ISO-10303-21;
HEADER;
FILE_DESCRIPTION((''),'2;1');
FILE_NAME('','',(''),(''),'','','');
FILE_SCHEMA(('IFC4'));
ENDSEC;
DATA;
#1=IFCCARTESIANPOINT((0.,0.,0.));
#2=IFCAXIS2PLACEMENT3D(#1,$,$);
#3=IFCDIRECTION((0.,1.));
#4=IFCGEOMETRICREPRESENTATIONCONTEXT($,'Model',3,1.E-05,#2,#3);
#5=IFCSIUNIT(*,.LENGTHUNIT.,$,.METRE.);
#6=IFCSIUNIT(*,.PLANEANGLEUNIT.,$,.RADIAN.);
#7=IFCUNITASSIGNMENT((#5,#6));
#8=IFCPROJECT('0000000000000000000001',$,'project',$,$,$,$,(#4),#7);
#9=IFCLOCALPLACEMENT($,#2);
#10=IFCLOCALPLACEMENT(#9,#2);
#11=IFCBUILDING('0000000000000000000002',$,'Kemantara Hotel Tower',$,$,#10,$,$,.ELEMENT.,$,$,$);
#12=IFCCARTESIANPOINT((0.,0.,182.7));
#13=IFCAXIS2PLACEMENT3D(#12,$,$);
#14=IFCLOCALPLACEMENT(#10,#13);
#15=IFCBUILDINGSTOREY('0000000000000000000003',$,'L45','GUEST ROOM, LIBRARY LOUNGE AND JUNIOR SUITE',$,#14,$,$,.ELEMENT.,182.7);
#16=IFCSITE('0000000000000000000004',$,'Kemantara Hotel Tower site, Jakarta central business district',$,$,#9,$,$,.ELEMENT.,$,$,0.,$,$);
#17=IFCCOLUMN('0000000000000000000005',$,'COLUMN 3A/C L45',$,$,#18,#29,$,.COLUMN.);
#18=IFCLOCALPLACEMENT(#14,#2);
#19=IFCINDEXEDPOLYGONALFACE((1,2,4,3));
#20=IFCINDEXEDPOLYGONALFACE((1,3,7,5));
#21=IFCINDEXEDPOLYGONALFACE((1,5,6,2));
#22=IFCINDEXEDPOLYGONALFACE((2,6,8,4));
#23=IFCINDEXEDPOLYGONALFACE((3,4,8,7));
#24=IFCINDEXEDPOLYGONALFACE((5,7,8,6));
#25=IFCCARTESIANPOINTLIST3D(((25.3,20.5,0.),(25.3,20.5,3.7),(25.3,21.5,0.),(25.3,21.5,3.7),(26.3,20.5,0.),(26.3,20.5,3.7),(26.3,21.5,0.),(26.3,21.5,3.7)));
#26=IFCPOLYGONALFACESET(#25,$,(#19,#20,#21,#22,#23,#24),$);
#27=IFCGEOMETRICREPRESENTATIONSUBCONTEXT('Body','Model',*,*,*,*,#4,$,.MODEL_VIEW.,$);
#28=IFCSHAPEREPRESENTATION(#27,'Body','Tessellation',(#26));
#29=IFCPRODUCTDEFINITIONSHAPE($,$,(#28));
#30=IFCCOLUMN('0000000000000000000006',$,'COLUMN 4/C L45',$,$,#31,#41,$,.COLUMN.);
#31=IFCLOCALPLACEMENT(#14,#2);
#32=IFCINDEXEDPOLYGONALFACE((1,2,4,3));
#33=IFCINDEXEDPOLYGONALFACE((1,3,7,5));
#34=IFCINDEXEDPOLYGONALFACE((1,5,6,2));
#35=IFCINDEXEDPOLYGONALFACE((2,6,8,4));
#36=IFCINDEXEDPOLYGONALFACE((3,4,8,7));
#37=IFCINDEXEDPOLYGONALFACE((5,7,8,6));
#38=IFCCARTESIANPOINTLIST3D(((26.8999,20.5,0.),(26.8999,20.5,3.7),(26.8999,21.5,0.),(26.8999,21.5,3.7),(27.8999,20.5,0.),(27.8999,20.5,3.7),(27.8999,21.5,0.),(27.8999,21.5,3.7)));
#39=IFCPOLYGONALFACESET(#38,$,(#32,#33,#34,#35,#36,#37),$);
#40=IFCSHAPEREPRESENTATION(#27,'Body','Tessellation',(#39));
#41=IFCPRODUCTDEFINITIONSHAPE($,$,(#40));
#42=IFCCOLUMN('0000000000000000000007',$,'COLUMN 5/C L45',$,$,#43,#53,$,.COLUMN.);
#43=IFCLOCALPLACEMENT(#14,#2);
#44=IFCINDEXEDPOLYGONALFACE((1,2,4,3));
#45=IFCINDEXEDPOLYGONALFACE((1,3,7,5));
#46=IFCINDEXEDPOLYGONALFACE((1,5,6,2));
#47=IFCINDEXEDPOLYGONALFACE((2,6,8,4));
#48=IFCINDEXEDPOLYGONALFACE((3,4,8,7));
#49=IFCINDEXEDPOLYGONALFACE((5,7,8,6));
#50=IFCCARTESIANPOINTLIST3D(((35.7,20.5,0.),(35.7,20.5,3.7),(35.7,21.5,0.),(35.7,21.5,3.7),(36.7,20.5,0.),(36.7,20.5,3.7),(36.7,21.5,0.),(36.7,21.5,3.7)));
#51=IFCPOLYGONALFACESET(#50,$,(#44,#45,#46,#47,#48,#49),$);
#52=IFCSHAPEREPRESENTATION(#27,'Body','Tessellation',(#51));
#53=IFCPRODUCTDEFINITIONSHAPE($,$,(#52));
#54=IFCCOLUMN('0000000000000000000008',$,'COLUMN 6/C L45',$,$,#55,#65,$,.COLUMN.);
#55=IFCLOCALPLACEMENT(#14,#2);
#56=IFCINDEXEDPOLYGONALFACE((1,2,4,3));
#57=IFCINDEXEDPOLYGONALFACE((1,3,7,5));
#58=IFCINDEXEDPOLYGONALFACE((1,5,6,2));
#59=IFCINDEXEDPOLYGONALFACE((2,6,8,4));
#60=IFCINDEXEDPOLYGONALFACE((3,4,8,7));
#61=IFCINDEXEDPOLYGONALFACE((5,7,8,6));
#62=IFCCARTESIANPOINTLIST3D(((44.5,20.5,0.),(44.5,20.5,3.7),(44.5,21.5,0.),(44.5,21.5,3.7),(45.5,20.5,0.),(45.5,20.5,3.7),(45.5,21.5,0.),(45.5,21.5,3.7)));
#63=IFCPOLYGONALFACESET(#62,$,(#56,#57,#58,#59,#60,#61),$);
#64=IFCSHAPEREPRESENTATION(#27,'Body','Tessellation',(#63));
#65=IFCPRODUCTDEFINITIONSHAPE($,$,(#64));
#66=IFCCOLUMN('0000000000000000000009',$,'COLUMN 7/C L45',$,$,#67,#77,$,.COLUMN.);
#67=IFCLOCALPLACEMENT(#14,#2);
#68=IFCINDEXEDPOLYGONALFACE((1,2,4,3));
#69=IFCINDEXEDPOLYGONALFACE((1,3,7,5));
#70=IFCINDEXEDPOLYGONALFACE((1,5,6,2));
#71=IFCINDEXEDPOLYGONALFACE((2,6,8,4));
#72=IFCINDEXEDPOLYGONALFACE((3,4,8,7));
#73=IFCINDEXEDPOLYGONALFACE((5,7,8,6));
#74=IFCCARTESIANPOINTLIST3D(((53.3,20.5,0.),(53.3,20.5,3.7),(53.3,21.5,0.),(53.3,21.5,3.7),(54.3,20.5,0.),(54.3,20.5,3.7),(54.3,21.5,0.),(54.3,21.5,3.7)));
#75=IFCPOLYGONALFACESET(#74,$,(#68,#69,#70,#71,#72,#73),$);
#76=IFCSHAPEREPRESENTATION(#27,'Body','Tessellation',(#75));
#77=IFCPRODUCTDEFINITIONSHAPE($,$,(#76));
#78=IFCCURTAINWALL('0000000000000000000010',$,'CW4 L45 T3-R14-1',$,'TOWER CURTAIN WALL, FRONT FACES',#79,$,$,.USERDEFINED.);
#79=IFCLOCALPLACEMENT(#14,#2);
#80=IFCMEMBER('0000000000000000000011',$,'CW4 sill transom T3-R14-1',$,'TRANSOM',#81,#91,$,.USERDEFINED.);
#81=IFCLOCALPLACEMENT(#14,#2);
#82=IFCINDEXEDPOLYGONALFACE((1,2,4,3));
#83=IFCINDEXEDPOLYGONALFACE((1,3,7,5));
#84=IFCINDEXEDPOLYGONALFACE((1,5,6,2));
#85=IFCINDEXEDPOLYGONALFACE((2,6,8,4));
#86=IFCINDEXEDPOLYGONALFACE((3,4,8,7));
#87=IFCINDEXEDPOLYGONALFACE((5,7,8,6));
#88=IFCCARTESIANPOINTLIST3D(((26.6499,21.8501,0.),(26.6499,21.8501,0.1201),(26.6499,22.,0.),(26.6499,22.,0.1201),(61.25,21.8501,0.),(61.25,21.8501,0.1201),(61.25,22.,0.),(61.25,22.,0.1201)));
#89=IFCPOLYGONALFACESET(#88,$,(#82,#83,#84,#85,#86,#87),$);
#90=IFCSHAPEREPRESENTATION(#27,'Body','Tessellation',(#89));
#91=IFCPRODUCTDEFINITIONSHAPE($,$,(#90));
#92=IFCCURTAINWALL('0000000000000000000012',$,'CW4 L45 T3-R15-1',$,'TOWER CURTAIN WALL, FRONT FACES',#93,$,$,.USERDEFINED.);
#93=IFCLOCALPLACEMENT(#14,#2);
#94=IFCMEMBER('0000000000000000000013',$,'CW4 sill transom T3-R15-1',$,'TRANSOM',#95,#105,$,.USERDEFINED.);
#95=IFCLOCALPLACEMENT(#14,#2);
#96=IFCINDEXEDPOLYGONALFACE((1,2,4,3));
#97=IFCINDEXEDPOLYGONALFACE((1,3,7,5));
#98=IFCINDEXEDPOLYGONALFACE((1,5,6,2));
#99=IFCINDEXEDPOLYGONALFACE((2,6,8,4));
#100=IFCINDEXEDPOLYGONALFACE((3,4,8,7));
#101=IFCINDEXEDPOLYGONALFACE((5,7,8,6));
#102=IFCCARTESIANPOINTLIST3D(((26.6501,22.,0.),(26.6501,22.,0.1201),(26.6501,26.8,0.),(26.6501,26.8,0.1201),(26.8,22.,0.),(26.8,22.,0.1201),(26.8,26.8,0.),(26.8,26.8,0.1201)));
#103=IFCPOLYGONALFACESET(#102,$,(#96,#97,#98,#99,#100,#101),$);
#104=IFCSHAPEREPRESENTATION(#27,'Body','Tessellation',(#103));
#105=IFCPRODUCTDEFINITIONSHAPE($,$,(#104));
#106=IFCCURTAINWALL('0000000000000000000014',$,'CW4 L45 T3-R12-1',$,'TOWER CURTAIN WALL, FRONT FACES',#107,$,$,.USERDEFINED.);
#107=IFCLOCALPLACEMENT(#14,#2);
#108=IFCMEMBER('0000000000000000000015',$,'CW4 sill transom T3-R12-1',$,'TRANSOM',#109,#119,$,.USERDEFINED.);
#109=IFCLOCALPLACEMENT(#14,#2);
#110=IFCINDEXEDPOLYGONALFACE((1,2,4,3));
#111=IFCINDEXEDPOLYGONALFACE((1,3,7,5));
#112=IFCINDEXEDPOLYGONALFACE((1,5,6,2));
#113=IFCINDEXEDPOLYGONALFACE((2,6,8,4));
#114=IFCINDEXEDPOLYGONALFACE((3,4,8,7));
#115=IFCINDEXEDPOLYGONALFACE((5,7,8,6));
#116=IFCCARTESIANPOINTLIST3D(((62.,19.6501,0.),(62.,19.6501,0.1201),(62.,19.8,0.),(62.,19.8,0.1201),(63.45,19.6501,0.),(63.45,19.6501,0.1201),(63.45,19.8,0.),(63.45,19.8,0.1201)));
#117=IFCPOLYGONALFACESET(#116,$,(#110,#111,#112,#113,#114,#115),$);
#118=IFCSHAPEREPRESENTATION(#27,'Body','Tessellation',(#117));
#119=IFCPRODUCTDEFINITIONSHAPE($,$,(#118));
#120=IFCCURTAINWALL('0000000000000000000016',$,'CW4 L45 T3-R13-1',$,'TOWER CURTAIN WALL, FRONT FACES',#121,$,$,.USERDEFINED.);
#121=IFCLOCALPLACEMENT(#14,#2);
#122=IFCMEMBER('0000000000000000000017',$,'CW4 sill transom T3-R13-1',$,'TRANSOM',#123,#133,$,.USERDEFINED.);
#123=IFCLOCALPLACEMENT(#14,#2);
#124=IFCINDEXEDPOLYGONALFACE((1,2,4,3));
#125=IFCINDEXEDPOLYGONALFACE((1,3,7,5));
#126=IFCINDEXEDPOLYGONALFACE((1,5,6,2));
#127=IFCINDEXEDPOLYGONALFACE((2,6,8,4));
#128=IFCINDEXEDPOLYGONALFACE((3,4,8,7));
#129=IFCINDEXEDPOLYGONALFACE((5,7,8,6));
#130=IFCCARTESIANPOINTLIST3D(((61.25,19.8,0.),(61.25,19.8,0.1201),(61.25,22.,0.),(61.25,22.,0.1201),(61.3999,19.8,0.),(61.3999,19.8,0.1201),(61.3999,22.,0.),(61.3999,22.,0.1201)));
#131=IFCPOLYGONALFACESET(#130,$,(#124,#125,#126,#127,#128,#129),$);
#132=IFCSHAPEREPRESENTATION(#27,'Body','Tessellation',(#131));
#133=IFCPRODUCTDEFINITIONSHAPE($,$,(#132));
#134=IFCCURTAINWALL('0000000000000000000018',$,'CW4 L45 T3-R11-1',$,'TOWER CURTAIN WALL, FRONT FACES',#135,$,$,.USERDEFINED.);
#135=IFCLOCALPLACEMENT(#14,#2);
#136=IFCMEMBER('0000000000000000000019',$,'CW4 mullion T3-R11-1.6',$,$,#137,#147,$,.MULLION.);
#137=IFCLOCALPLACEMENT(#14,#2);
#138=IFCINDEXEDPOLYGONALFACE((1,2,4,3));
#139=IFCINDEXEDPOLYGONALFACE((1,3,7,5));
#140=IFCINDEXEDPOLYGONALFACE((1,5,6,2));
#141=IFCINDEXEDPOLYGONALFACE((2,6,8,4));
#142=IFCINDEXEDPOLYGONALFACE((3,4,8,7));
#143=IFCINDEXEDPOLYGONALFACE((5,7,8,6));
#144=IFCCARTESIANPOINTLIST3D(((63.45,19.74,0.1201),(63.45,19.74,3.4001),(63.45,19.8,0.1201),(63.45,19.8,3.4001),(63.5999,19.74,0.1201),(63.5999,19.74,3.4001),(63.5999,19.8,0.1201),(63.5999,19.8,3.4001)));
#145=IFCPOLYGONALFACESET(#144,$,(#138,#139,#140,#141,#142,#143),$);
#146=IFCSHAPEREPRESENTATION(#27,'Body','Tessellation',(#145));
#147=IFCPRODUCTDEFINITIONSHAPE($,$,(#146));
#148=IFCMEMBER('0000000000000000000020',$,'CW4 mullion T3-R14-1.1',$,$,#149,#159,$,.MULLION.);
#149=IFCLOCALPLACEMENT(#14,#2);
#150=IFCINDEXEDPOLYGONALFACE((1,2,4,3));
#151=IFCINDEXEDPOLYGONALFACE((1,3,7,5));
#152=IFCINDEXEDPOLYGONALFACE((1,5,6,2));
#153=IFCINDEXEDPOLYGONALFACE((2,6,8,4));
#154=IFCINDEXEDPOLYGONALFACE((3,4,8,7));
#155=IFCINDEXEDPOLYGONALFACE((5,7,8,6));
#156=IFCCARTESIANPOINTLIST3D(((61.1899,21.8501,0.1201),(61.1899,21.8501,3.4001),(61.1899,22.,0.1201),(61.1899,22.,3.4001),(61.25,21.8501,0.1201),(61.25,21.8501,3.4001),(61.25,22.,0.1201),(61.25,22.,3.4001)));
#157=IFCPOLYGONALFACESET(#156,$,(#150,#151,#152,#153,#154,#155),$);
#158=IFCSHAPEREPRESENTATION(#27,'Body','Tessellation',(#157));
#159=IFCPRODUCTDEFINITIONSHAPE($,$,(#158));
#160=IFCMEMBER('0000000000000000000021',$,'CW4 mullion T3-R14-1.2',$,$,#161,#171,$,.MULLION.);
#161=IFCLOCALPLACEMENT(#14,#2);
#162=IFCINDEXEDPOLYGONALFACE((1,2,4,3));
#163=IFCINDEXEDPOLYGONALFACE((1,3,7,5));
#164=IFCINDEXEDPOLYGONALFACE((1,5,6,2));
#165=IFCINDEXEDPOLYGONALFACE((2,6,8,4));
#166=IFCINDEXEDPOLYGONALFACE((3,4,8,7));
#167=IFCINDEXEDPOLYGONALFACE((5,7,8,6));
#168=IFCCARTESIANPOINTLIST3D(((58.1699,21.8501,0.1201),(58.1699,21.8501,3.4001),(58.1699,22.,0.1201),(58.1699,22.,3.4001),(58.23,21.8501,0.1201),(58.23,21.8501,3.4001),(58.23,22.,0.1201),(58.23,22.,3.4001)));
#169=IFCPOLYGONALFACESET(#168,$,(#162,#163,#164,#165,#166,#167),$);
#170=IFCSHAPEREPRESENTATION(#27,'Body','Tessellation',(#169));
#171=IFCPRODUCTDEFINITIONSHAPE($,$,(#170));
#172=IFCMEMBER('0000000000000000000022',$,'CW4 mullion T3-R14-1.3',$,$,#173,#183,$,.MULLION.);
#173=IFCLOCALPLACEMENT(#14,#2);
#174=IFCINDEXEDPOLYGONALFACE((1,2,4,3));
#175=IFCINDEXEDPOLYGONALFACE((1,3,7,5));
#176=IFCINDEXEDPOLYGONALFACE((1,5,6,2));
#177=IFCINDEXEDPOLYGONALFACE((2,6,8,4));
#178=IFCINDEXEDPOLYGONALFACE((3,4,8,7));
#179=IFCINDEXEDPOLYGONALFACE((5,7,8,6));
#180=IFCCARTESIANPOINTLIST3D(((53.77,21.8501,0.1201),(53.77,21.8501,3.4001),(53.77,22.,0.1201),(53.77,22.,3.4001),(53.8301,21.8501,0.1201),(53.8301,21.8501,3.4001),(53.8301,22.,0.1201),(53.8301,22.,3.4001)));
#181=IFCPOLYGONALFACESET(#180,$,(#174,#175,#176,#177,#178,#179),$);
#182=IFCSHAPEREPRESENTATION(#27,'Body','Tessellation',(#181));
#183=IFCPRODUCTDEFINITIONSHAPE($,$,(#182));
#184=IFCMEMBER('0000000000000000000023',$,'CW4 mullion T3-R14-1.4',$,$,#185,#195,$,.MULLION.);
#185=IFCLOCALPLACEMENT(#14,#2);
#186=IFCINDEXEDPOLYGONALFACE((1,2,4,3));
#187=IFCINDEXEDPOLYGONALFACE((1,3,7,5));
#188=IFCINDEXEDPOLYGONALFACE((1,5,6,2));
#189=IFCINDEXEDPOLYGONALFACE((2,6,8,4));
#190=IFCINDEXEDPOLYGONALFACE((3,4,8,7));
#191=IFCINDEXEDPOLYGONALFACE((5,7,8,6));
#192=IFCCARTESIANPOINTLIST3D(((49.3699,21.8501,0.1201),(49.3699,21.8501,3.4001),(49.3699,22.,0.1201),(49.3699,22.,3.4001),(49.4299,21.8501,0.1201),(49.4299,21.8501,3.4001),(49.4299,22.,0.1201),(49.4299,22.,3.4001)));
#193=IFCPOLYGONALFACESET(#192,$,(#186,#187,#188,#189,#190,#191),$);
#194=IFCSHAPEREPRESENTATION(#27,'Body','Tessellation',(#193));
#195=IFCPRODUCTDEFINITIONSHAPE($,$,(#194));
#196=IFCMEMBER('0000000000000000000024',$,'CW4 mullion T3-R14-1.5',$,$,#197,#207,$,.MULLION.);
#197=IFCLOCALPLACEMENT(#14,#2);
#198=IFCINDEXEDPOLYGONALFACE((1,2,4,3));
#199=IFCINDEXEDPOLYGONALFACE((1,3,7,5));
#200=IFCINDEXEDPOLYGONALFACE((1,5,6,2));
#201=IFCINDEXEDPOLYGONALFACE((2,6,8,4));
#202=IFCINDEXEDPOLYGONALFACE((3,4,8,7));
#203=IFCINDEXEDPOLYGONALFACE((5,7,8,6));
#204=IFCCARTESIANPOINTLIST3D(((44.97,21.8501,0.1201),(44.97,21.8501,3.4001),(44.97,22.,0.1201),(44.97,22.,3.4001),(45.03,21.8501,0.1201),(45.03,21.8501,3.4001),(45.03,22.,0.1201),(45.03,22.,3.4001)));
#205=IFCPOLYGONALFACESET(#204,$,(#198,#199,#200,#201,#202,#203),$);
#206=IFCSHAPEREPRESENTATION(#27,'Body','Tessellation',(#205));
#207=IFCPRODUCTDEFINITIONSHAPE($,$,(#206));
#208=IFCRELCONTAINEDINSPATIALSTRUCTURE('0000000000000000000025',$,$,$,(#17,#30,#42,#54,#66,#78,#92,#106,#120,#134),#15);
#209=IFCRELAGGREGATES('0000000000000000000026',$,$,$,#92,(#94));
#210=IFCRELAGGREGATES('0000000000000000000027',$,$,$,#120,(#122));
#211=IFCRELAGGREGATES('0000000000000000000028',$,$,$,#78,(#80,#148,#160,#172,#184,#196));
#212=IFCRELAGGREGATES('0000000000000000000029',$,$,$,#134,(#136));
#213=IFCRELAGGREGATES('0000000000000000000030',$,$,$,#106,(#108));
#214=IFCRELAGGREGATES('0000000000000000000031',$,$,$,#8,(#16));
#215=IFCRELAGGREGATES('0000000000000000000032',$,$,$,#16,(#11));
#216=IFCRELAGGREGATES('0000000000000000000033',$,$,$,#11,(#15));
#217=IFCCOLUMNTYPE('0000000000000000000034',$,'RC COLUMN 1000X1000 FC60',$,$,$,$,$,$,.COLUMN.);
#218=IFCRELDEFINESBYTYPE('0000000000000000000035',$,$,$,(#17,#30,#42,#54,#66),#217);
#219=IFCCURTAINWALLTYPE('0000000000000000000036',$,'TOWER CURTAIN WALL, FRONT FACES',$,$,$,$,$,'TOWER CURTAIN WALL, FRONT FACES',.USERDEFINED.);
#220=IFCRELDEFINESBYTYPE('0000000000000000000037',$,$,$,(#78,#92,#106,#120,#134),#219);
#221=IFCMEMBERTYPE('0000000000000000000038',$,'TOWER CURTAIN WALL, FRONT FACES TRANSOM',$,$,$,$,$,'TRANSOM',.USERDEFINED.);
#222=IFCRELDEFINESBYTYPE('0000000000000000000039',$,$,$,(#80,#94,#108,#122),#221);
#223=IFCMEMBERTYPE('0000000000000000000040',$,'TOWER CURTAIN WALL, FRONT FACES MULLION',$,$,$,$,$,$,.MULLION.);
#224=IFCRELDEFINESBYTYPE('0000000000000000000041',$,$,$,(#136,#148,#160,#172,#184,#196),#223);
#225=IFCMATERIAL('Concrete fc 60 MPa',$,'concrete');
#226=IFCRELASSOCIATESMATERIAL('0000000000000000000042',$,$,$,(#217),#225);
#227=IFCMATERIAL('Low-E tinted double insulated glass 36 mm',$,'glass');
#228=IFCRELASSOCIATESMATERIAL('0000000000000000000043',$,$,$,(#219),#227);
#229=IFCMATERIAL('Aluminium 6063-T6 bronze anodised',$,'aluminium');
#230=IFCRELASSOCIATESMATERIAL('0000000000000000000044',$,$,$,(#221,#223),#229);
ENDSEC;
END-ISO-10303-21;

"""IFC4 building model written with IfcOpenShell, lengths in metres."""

from ifc_helpers import new_model, si_unit, direction, frame, origin, origin_2d, place, context, subcontext, project, spatial, rectangle, extrude, source, transform, mapped, material, material_profile, profile_set, type_object, element, aggregate, save


model = new_model("IFC4")

# Units and contexts
model_context = context("Model", 3, precision=1e-05, world=origin(), true_north=direction((0.0, 1.0)))
body_context = subcontext(model_context, "Body", "Model", "MODEL_VIEW")
ifc_project = project(units=[si_unit("LENGTHUNIT", "METRE"), si_unit("PLANEANGLEUNIT", "RADIAN")], contexts=[model_context])

# Site, building, storey
site_placement = place(None, origin())
site = spatial("IfcSite", under=ifc_project, at=site_placement, Name="Kemantara Hotel Tower site, Jakarta central business district", CompositionType="ELEMENT", RefElevation=0.0)
building_placement = place(site_placement, origin())
building = spatial("IfcBuilding", under=site, at=building_placement, Name="Kemantara Hotel Tower", CompositionType="ELEMENT")
storey_placement = place(building_placement, frame((0.0, 0.0, 182.7)))
storey = spatial("IfcBuildingStorey", under=building, at=storey_placement, Name="L45", Description="GUEST ROOM, LIBRARY LOUNGE AND JUNIOR SUITE", CompositionType="ELEMENT", Elevation=182.7)

# Columns
ifc_material_1 = material(Name="Concrete fc 60 MPa", Category="concrete")
ifc_material_profile_1 = material_profile(ifc_material_1, rectangle(XDim=1.0, YDim=1.0, at=origin_2d()), Name="RC 1000X1000")
ifc_profile_set_1 = profile_set([ifc_material_profile_1], Name="Concrete fc 60 MPa")
column_type = type_object("IfcColumnType", Name="RC COLUMN 1000X1000 FC60", PredefinedType="COLUMN", material=ifc_profile_set_1)
for number, where, z_axis, x_axis, name in (
    (1, (25.8, 21.0, 0.0), (0.0, 0.0, 1.0), (1.0, 0.0, 0.0), "COLUMN 3A/C L45"),
    (2, (27.3999, 21.0, 0.0), (0.0, 0.0, 1.0), (1.0, 0.0, 0.0), "COLUMN 4/C L45"),
    (3, (36.2, 21.0, 0.0), (0.0, 0.0, 1.0), (1.0, 0.0, 0.0), "COLUMN 5/C L45"),
    (4, (45.0, 21.0, 0.0), (0.0, 0.0, 1.0), (1.0, 0.0, 0.0), "COLUMN 6/C L45"),
    (5, (53.8, 21.0, 0.0), (0.0, 0.0, 1.0), (1.0, 0.0, 0.0), "COLUMN 7/C L45"),
):
    element("IfcColumn", number, at=place(storey_placement, frame(where, z_axis=z_axis, x_axis=x_axis)), inside=storey, type_object=column_type, Name=name, PredefinedType="COLUMN", context=body_context, shape_type="SweptSolid", body=[
        extrude(rectangle(XDim=1.0, YDim=1.0, at=origin_2d()), origin(), (0.0, 0.0, 1.0), 3.7),
    ])

# Curtain walls, members
ifc_material_2 = material(Name="Low-E tinted double insulated glass 36 mm", Category="glass")
curtain_wall_type = type_object("IfcCurtainWallType", Name="TOWER CURTAIN WALL, FRONT FACES", ElementType="TOWER CURTAIN WALL, FRONT FACES", PredefinedType="USERDEFINED", material=ifc_material_2)
curtain_wall_1_placement = place(storey_placement, origin())
curtain_wall_1 = element("IfcCurtainWall", 6, at=curtain_wall_1_placement, inside=storey, type_object=curtain_wall_type, Name="CW4 L45 T3-R14-1", ObjectType="TOWER CURTAIN WALL, FRONT FACES", PredefinedType="USERDEFINED")
ifc_material_3 = material(Name="Aluminium 6063-T6 bronze anodised", Category="aluminium")
ifc_material_profile_2 = material_profile(ifc_material_3, rectangle(XDim=0.1499, YDim=0.1201, at=origin_2d()), Name="TOWER CURTAIN WALL, FRONT FACES TRANSOM")
ifc_profile_set_2 = profile_set([ifc_material_profile_2], Name="Aluminium 6063-T6 bronze anodised")
member_type_1 = type_object("IfcMemberType", Name="TOWER CURTAIN WALL, FRONT FACES TRANSOM", ElementType="TRANSOM", PredefinedType="USERDEFINED", material=ifc_profile_set_2)
member_1_placement = place(storey_placement, frame((61.25, 21.925, 0.0601), z_axis=(-1.0, 0.0, 0.0), x_axis=(0.0, -1.0, 0.0)))
member_1 = element("IfcMember", 7, at=member_1_placement, type_object=member_type_1, Name="CW4 sill transom T3-R14-1", ObjectType="TRANSOM", PredefinedType="USERDEFINED", context=body_context, shape_type="SweptSolid", body=[
    extrude(rectangle(XDim=0.1499, YDim=0.1201, at=origin_2d()), origin(), (0.0, 0.0, 1.0), 34.6001),
])
curtain_wall_2_placement = place(storey_placement, origin())
curtain_wall_2 = element("IfcCurtainWall", 8, at=curtain_wall_2_placement, inside=storey, type_object=curtain_wall_type, Name="CW4 L45 T3-R15-1", ObjectType="TOWER CURTAIN WALL, FRONT FACES", PredefinedType="USERDEFINED")
member_2_placement = place(storey_placement, frame((26.7251, 22.0, 0.0601), z_axis=(0.0, 1.0, 0.0), x_axis=(-1.0, 0.0, 0.0)))
member_2 = element("IfcMember", 9, at=member_2_placement, type_object=member_type_1, Name="CW4 sill transom T3-R15-1", ObjectType="TRANSOM", PredefinedType="USERDEFINED", context=body_context, shape_type="SweptSolid", body=[
    extrude(rectangle(XDim=0.1499, YDim=0.1201, at=origin_2d()), origin(), (0.0, 0.0, 1.0), 4.8),
])
aggregate(curtain_wall_2, [member_2])
curtain_wall_3_placement = place(storey_placement, origin())
curtain_wall_3 = element("IfcCurtainWall", 10, at=curtain_wall_3_placement, inside=storey, type_object=curtain_wall_type, Name="CW4 L45 T3-R12-1", ObjectType="TOWER CURTAIN WALL, FRONT FACES", PredefinedType="USERDEFINED")
member_3_placement = place(storey_placement, frame((63.45, 19.7251, 0.0601), z_axis=(-1.0, 0.0, 0.0), x_axis=(0.0, -1.0, 0.0)))
member_3 = element("IfcMember", 11, at=member_3_placement, type_object=member_type_1, Name="CW4 sill transom T3-R12-1", ObjectType="TRANSOM", PredefinedType="USERDEFINED", context=body_context, shape_type="SweptSolid", body=[
    extrude(rectangle(XDim=0.1499, YDim=0.1201, at=origin_2d()), origin(), (0.0, 0.0, 1.0), 1.45),
])
curtain_wall_4_placement = place(storey_placement, origin())
curtain_wall_4 = element("IfcCurtainWall", 12, at=curtain_wall_4_placement, inside=storey, type_object=curtain_wall_type, Name="CW4 L45 T3-R13-1", ObjectType="TOWER CURTAIN WALL, FRONT FACES", PredefinedType="USERDEFINED")
member_4_placement = place(storey_placement, frame((61.325, 19.8, 0.0601), z_axis=(0.0, 1.0, 0.0), x_axis=(-1.0, 0.0, 0.0)))
member_4 = element("IfcMember", 13, at=member_4_placement, type_object=member_type_1, Name="CW4 sill transom T3-R13-1", ObjectType="TRANSOM", PredefinedType="USERDEFINED", context=body_context, shape_type="SweptSolid", body=[
    extrude(rectangle(XDim=0.1499, YDim=0.1201, at=origin_2d()), origin(), (0.0, 0.0, 1.0), 2.2),
])
curtain_wall_5_placement = place(storey_placement, origin())
curtain_wall_5 = element("IfcCurtainWall", 14, at=curtain_wall_5_placement, inside=storey, type_object=curtain_wall_type, Name="CW4 L45 T3-R11-1", ObjectType="TOWER CURTAIN WALL, FRONT FACES", PredefinedType="USERDEFINED")
ifc_material_profile_3 = material_profile(ifc_material_3, rectangle(XDim=0.1499, YDim=0.0601, at=origin_2d()), Name="TOWER CURTAIN WALL, FRONT FACES MULLION")
ifc_profile_set_3 = profile_set([ifc_material_profile_3], Name="Aluminium 6063-T6 bronze anodised")
member_type_2 = type_object("IfcMemberType", Name="TOWER CURTAIN WALL, FRONT FACES MULLION", PredefinedType="MULLION", material=ifc_profile_set_3)
shared_shape_1 = source(origin(), body_context, "Body", "SweptSolid", [
    extrude(rectangle(XDim=0.1499, YDim=0.0601, at=origin_2d()), origin(), (0.0, 0.0, 1.0), 3.28),
])
member_5_placement = place(storey_placement, frame((63.5249, 19.77, 0.1201), z_axis=(0.0, 0.0, 1.0), x_axis=(-1.0, 0.0, 0.0)))
member_5 = element("IfcMember", 15, at=member_5_placement, type_object=member_type_2, Name="CW4 mullion T3-R11-1.6", PredefinedType="MULLION", context=body_context, shape_type="MappedRepresentation", body=[
    mapped(shared_shape_1, transform((0.0, 0.0, 0.0))),
])

# Members
member_6_placement = place(storey_placement, frame((61.22, 21.925, 0.1201), z_axis=(0.0, 0.0, 1.0), x_axis=(0.0, -1.0, 0.0)))
member_6 = element("IfcMember", 16, at=member_6_placement, type_object=member_type_2, Name="CW4 mullion T3-R14-1.1", PredefinedType="MULLION", context=body_context, shape_type="MappedRepresentation", body=[
    mapped(shared_shape_1, transform((0.0, 0.0, 0.0))),
])
member_7_placement = place(storey_placement, frame((58.2, 21.925, 0.1201), z_axis=(0.0, 0.0, 1.0), x_axis=(0.0, -1.0, 0.0)))
member_7 = element("IfcMember", 17, at=member_7_placement, type_object=member_type_2, Name="CW4 mullion T3-R14-1.2", PredefinedType="MULLION", context=body_context, shape_type="MappedRepresentation", body=[
    mapped(shared_shape_1, transform((0.0, 0.0, 0.0))),
])
member_8_placement = place(storey_placement, frame((53.8, 21.925, 0.1201), z_axis=(0.0, 0.0, 1.0), x_axis=(0.0, -1.0, 0.0)))
member_8 = element("IfcMember", 18, at=member_8_placement, type_object=member_type_2, Name="CW4 mullion T3-R14-1.3", PredefinedType="MULLION", context=body_context, shape_type="MappedRepresentation", body=[
    mapped(shared_shape_1, transform((0.0, 0.0, 0.0))),
])
member_9_placement = place(storey_placement, frame((49.3999, 21.925, 0.1201), z_axis=(0.0, 0.0, 1.0), x_axis=(0.0, -1.0, 0.0)))
member_9 = element("IfcMember", 19, at=member_9_placement, type_object=member_type_2, Name="CW4 mullion T3-R14-1.4", PredefinedType="MULLION", context=body_context, shape_type="MappedRepresentation", body=[
    mapped(shared_shape_1, transform((0.0, 0.0, 0.0))),
])
member_10_placement = place(storey_placement, frame((45.0, 21.925, 0.1201), z_axis=(0.0, 0.0, 1.0), x_axis=(0.0, -1.0, 0.0)))
member_10 = element("IfcMember", 20, at=member_10_placement, type_object=member_type_2, Name="CW4 mullion T3-R14-1.5", PredefinedType="MULLION", context=body_context, shape_type="MappedRepresentation", body=[
    mapped(shared_shape_1, transform((0.0, 0.0, 0.0))),
])

aggregate(curtain_wall_4, [member_4])
aggregate(curtain_wall_1, [member_1, member_6, member_7, member_8, member_9, member_10])
aggregate(curtain_wall_5, [member_5])
aggregate(curtain_wall_3, [member_3])

save(model, "model.ifc")
